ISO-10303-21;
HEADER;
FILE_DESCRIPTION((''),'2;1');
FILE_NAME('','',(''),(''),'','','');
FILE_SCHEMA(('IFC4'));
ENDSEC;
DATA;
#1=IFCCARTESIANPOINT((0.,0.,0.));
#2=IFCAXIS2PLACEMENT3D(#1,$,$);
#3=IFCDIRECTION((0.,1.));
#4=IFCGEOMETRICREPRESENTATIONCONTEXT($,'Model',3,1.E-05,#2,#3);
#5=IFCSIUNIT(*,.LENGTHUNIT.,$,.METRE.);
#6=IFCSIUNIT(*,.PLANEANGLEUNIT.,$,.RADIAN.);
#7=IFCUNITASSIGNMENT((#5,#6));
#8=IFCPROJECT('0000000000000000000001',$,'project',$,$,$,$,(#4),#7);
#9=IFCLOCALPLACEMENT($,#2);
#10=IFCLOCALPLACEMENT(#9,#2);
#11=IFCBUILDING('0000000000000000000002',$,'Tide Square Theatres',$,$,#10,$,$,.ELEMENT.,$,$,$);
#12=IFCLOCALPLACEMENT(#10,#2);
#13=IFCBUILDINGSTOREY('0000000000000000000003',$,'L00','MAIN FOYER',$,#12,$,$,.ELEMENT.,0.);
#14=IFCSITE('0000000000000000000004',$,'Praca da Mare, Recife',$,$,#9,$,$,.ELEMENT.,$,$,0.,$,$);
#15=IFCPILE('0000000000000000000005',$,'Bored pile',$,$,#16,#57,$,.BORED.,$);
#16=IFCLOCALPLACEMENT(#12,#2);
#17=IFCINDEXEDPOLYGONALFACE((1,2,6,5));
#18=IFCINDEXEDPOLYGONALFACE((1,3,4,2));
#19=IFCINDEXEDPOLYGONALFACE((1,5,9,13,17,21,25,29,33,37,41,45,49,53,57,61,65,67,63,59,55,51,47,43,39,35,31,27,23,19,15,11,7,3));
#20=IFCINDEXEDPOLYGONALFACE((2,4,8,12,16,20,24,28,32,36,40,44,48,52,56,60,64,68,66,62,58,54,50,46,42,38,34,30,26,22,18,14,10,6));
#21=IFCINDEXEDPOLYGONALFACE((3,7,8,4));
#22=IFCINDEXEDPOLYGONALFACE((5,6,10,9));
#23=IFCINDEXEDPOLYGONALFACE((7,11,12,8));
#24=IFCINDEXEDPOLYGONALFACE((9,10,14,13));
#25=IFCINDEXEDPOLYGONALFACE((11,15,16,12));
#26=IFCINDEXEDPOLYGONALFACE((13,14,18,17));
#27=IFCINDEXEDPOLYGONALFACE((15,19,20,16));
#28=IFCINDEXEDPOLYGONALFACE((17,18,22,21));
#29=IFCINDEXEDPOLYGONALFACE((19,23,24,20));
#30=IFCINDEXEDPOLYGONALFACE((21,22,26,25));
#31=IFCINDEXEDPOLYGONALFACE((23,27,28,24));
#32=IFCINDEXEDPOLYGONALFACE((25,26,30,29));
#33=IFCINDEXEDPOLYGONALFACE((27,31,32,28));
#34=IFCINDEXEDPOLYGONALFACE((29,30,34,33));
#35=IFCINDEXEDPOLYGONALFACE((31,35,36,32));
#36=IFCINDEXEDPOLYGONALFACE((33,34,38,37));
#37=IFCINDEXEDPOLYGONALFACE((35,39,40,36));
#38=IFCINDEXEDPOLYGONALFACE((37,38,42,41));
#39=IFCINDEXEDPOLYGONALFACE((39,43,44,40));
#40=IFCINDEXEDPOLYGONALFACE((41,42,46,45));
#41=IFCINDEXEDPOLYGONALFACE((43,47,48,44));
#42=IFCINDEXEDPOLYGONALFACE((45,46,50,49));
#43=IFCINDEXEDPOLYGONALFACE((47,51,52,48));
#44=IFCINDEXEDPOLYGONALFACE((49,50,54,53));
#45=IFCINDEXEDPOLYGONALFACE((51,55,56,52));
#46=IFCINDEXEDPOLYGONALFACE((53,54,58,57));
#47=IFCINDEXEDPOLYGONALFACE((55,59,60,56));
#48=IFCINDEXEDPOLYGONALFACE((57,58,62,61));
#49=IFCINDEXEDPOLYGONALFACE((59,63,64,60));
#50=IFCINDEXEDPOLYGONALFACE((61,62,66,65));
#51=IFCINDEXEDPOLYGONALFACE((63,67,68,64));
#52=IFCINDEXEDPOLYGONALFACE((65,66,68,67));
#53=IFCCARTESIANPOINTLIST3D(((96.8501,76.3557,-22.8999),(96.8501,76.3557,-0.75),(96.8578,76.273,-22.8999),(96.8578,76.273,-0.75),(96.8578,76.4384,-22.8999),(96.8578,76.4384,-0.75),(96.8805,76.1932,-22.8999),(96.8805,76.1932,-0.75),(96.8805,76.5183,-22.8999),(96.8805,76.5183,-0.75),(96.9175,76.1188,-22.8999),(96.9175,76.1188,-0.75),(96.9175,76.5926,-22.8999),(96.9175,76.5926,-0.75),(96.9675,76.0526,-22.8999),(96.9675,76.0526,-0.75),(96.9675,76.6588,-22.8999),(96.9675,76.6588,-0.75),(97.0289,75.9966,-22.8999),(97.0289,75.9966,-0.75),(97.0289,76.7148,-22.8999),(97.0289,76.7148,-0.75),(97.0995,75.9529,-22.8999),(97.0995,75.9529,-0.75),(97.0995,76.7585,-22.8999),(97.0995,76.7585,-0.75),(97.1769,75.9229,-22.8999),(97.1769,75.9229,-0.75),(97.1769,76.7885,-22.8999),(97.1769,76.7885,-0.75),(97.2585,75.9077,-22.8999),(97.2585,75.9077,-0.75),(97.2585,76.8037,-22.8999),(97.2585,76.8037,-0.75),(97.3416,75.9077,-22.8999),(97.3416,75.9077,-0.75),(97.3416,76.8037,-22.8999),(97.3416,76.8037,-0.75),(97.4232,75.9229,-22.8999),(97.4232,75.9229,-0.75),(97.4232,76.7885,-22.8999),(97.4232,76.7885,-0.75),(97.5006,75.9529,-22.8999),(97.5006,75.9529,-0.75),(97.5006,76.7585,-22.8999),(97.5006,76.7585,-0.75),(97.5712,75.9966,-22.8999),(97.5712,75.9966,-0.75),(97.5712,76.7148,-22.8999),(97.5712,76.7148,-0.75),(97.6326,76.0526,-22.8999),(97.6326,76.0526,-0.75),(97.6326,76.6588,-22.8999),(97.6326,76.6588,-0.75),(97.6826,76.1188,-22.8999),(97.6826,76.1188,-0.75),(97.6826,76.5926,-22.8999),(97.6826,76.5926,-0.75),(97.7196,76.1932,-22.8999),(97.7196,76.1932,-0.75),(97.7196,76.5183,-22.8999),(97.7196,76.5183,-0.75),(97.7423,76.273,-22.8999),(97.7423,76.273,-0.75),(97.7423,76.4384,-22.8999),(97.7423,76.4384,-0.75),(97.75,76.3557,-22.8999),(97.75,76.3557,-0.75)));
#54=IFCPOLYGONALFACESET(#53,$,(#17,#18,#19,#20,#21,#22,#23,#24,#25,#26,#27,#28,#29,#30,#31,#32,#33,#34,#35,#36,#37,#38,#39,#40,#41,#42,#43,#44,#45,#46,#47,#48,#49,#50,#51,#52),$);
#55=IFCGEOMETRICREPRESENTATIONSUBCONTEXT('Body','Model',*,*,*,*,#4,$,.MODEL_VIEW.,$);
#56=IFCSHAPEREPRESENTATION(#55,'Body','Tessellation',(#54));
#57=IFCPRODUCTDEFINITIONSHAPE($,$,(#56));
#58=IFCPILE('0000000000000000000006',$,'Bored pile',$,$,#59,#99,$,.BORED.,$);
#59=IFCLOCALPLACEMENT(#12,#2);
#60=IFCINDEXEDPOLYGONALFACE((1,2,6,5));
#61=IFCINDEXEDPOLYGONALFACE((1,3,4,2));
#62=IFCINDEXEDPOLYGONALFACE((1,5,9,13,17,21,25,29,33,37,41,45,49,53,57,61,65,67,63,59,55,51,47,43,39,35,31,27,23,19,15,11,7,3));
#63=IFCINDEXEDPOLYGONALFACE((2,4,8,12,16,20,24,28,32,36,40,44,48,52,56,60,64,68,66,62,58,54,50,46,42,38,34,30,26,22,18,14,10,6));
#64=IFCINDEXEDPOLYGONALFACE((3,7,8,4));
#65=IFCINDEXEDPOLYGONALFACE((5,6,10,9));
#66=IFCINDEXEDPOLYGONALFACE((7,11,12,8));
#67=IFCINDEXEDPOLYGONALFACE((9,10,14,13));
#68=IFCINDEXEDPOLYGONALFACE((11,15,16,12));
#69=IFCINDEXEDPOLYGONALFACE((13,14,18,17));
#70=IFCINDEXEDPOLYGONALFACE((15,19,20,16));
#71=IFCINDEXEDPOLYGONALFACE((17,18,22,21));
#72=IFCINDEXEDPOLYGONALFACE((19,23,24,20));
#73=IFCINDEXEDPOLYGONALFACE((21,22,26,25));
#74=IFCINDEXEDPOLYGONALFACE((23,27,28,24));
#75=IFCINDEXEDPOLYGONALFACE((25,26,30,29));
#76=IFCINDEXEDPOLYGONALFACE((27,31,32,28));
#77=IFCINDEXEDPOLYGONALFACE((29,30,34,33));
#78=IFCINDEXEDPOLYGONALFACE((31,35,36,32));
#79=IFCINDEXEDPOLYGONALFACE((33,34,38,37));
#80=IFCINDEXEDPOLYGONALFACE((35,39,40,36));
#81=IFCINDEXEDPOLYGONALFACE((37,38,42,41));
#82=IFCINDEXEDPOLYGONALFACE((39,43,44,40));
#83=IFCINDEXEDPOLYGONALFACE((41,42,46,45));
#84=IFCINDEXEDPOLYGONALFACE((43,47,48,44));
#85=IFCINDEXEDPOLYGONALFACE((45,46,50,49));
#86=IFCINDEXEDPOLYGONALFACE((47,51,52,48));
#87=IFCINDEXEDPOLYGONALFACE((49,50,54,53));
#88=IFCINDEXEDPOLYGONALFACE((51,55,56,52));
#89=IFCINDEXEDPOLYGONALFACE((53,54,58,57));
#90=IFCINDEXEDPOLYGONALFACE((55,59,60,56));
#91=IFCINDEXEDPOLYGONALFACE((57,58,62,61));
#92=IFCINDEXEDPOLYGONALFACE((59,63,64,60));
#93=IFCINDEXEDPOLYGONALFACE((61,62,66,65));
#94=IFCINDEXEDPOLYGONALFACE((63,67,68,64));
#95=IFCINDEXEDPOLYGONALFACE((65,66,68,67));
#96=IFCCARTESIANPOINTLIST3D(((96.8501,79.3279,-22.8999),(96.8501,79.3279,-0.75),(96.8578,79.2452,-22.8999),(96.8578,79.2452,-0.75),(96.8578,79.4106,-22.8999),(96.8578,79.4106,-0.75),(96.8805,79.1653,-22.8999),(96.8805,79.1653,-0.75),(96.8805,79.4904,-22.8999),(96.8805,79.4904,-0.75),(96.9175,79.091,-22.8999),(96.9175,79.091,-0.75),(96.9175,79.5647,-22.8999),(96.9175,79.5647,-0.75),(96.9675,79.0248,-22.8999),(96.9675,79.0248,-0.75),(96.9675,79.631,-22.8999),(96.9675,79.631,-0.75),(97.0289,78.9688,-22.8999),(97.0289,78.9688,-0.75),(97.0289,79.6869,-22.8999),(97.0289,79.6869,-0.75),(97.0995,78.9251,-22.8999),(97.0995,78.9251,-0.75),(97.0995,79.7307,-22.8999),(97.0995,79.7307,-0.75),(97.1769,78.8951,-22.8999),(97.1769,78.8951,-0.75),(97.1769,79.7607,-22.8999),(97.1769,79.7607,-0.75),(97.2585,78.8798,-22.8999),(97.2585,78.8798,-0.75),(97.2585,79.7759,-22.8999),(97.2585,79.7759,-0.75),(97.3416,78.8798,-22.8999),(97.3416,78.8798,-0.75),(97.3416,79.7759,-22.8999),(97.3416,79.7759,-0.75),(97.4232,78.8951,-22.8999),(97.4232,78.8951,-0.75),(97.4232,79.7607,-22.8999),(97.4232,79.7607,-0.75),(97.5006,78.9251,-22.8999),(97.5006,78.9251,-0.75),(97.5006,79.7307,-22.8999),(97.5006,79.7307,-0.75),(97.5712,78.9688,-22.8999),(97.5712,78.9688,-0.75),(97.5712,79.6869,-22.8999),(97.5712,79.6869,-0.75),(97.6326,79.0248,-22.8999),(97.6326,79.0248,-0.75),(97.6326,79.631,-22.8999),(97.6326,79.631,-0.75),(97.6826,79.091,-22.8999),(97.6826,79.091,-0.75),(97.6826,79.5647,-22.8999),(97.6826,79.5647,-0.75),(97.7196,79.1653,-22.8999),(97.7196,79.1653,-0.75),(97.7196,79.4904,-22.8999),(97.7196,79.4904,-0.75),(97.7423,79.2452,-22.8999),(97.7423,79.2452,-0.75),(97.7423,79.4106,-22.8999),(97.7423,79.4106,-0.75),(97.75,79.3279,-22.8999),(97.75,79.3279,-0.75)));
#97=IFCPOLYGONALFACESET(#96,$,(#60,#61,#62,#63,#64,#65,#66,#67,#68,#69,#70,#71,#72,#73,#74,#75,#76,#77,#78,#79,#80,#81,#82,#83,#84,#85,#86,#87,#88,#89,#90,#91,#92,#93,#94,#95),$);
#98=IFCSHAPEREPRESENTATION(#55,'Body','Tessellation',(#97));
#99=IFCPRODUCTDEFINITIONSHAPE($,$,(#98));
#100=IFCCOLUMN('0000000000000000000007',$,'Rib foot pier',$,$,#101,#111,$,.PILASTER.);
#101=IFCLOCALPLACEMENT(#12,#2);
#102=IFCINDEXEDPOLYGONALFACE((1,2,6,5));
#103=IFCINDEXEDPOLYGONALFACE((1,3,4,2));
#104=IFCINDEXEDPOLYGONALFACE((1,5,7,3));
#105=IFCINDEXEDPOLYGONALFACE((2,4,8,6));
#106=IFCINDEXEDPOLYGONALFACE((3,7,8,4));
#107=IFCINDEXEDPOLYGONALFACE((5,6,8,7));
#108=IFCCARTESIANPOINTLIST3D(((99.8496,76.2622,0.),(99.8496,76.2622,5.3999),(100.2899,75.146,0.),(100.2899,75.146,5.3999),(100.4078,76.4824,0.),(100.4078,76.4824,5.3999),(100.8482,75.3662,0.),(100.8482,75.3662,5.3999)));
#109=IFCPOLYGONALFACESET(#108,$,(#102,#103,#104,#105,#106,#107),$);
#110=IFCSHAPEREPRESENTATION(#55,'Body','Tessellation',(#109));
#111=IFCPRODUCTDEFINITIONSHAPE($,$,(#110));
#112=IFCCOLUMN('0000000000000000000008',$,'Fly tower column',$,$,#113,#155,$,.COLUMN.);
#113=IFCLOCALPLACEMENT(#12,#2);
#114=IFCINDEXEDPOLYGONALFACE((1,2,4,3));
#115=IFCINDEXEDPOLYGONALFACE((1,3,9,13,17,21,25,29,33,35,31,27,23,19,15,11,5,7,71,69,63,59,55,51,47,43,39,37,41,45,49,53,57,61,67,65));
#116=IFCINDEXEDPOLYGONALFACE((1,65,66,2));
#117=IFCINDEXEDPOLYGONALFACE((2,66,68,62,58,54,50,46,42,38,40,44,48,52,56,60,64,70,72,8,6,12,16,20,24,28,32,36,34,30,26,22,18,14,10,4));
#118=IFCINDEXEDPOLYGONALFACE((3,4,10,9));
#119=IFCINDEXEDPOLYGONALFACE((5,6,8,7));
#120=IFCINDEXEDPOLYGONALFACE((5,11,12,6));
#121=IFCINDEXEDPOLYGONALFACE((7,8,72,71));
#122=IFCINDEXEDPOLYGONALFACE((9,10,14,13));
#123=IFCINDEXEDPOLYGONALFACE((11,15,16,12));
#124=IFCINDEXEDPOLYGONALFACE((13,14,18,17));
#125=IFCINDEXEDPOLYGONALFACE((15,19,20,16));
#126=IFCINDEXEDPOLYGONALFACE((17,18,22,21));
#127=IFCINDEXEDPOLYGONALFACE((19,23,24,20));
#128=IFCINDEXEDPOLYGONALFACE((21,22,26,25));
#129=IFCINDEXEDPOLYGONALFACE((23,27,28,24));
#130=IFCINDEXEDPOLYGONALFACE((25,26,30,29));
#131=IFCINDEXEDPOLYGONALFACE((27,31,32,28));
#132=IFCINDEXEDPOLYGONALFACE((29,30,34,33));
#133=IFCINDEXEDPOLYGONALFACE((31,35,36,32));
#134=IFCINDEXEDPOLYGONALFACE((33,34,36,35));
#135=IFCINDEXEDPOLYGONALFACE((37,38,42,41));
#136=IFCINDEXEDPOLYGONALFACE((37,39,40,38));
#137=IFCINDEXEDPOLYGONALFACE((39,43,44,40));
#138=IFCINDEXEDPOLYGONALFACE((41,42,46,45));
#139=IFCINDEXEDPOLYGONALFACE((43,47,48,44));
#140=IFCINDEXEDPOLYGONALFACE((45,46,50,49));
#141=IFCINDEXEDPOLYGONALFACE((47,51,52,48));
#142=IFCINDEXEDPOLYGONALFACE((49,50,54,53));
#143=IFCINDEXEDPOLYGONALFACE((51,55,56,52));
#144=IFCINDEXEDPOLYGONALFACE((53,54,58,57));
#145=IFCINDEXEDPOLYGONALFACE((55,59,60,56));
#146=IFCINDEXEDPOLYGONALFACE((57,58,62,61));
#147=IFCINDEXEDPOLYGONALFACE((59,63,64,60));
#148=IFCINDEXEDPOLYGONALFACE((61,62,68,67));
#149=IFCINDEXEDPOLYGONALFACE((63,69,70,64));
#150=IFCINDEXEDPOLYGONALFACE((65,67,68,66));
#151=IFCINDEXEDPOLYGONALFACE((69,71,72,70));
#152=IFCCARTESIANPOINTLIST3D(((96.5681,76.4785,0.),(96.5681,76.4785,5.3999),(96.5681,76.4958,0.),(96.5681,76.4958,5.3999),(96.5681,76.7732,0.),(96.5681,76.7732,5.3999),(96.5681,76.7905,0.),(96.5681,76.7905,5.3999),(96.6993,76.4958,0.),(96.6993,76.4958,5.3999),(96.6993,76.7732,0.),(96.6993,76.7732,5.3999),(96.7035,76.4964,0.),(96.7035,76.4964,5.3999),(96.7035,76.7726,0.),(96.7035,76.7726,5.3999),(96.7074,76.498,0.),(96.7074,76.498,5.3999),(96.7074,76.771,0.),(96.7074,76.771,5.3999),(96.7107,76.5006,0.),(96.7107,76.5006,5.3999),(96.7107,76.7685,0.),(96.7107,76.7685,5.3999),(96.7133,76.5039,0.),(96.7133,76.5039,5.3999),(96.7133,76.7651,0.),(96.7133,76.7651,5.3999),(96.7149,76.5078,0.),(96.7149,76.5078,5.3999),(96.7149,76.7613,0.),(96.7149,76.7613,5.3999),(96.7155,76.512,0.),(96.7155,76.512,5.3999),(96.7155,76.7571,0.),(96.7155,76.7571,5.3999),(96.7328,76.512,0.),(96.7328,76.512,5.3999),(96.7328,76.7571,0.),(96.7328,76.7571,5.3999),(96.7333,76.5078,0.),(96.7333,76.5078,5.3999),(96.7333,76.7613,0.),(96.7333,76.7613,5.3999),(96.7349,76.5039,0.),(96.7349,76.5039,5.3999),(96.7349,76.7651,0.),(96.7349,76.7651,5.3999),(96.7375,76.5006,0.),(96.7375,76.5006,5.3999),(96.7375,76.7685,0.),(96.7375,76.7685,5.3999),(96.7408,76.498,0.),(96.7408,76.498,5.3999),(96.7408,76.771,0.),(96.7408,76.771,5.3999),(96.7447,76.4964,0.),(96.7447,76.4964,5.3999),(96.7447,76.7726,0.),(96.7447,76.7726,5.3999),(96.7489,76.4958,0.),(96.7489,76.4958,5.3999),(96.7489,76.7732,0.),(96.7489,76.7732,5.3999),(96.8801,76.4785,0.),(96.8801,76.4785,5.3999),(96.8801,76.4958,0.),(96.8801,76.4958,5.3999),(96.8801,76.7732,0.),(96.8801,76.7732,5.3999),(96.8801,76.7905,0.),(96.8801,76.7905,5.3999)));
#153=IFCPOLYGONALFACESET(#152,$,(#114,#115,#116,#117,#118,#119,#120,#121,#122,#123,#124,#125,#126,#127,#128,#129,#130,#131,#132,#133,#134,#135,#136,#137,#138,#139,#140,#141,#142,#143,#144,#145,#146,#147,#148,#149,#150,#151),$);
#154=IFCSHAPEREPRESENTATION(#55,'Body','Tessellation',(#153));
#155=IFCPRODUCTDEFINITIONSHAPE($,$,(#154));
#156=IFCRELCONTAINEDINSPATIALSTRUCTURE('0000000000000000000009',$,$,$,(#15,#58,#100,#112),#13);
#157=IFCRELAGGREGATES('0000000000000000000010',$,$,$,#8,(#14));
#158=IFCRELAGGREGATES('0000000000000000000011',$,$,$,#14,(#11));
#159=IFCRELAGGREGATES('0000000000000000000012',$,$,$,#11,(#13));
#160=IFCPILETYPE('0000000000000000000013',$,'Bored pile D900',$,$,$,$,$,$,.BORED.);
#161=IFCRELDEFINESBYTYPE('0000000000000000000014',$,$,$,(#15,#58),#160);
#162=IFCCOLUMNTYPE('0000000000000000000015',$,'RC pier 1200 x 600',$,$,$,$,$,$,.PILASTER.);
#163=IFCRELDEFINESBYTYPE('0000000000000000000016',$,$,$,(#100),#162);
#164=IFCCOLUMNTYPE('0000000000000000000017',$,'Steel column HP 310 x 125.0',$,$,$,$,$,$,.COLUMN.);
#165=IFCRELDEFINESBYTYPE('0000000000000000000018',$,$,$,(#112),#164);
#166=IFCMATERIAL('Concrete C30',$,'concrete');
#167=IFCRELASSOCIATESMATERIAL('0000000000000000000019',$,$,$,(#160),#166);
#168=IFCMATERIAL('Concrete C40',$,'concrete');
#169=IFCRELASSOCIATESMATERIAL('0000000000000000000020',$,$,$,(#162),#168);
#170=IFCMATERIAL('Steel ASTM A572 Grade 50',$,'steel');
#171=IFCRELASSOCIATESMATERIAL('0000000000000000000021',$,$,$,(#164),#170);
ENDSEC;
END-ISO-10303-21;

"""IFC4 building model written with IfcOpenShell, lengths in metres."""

from ifc_helpers import new_model, si_unit, direction, frame, origin, origin_2d, place, context, subcontext, project, spatial, rectangle, circle, i_section, extrude, material, material_profile, profile_set, type_object, element, save


model = new_model("IFC4")

# Units and contexts
model_context = context("Model", 3, precision=1e-05, world=origin(), true_north=direction((0.0, 1.0)))
body_context = subcontext(model_context, "Body", "Model", "MODEL_VIEW")
ifc_project = project(units=[si_unit("LENGTHUNIT", "METRE"), si_unit("PLANEANGLEUNIT", "RADIAN")], contexts=[model_context])

# Site, building, storey
site_placement = place(None, origin())
site = spatial("IfcSite", under=ifc_project, at=site_placement, Name="Praca da Mare, Recife", CompositionType="ELEMENT", RefElevation=0.0)
building_placement = place(site_placement, origin())
building = spatial("IfcBuilding", under=site, at=building_placement, Name="Tide Square Theatres", CompositionType="ELEMENT")
storey_placement = place(building_placement, origin())
storey = spatial("IfcBuildingStorey", under=building, at=storey_placement, Name="L00", Description="MAIN FOYER", CompositionType="ELEMENT", Elevation=0.0)

# Piles
ifc_material_1 = material(Name="Concrete C30", Category="concrete")
ifc_material_profile_1 = material_profile(ifc_material_1, circle(Radius=0.45, at=origin_2d()))
ifc_profile_set_1 = profile_set([ifc_material_profile_1], Name="Concrete C30")
pile_type_1 = type_object("IfcPileType", Name="Bored pile D900", PredefinedType="BORED", material=ifc_profile_set_1)
for number, where, z_axis, x_axis, name in (
    (1, (97.3, 76.3557, -0.75), (0.0, 0.0, -1.0), (1.0, 0.0, 0.0), "Bored pile"),
    (2, (97.3, 79.3279, -0.75), (0.0, 0.0, -1.0), (1.0, 0.0, 0.0), "Bored pile"),
):
    element("IfcPile", number, at=place(storey_placement, frame(where, z_axis=z_axis, x_axis=x_axis)), inside=storey, type_object=pile_type_1, Name=name, PredefinedType="BORED", context=body_context, shape_type="SweptSolid", body=[
        extrude(circle(Radius=0.45, at=origin_2d()), origin(), (0.0, 0.0, 1.0), 22.1499),
    ])

# Columns
ifc_material_2 = material(Name="Concrete C40", Category="concrete")
ifc_material_profile_2 = material_profile(ifc_material_2, rectangle(XDim=1.2, YDim=0.6001, at=origin_2d()))
ifc_profile_set_2 = profile_set([ifc_material_profile_2], Name="Concrete C40")
column_type_1 = type_object("IfcColumnType", Name="RC pier 1200 x 600", PredefinedType="PILASTER", material=ifc_profile_set_2)
column_1_placement = place(storey_placement, frame((100.3489, 75.8142, 0.0), z_axis=(0.0, 0.0, 1.0), x_axis=(-0.366956, 0.930238, 0.0)))
element("IfcColumn", 3, at=column_1_placement, inside=storey, type_object=column_type_1, Name="Rib foot pier", PredefinedType="PILASTER", context=body_context, shape_type="SweptSolid", body=[
    extrude(rectangle(XDim=1.2, YDim=0.6001, at=origin_2d()), origin(), (0.0, 0.0, 1.0), 5.3999),
])
ifc_material_3 = material(Name="Steel ASTM A572 Grade 50", Category="steel")
ifc_material_profile_3 = material_profile(ifc_material_3, i_section(OverallWidth=0.312, OverallDepth=0.312, WebThickness=0.0173, FlangeThickness=0.0173, FilletRadius=0.0161, at=origin_2d()))
ifc_profile_set_3 = profile_set([ifc_material_profile_3], Name="Steel ASTM A572 Grade 50")
column_type_2 = type_object("IfcColumnType", Name="Steel column HP 310 x 125.0", PredefinedType="COLUMN", material=ifc_profile_set_3)
column_2_placement = place(storey_placement, frame((96.7241, 76.6345, 0.0), z_axis=(0.0, 0.0, 1.0), x_axis=(1.0, 0.0, 0.0)))
element("IfcColumn", 4, at=column_2_placement, inside=storey, type_object=column_type_2, Name="Fly tower column", PredefinedType="COLUMN", context=body_context, shape_type="SweptSolid", body=[
    extrude(i_section(OverallWidth=0.312, OverallDepth=0.312, WebThickness=0.0173, FlangeThickness=0.0173, FilletRadius=0.0161, at=origin_2d()), origin(), (0.0, 0.0, 1.0), 5.3999),
])

save(model, "model.ifc")
